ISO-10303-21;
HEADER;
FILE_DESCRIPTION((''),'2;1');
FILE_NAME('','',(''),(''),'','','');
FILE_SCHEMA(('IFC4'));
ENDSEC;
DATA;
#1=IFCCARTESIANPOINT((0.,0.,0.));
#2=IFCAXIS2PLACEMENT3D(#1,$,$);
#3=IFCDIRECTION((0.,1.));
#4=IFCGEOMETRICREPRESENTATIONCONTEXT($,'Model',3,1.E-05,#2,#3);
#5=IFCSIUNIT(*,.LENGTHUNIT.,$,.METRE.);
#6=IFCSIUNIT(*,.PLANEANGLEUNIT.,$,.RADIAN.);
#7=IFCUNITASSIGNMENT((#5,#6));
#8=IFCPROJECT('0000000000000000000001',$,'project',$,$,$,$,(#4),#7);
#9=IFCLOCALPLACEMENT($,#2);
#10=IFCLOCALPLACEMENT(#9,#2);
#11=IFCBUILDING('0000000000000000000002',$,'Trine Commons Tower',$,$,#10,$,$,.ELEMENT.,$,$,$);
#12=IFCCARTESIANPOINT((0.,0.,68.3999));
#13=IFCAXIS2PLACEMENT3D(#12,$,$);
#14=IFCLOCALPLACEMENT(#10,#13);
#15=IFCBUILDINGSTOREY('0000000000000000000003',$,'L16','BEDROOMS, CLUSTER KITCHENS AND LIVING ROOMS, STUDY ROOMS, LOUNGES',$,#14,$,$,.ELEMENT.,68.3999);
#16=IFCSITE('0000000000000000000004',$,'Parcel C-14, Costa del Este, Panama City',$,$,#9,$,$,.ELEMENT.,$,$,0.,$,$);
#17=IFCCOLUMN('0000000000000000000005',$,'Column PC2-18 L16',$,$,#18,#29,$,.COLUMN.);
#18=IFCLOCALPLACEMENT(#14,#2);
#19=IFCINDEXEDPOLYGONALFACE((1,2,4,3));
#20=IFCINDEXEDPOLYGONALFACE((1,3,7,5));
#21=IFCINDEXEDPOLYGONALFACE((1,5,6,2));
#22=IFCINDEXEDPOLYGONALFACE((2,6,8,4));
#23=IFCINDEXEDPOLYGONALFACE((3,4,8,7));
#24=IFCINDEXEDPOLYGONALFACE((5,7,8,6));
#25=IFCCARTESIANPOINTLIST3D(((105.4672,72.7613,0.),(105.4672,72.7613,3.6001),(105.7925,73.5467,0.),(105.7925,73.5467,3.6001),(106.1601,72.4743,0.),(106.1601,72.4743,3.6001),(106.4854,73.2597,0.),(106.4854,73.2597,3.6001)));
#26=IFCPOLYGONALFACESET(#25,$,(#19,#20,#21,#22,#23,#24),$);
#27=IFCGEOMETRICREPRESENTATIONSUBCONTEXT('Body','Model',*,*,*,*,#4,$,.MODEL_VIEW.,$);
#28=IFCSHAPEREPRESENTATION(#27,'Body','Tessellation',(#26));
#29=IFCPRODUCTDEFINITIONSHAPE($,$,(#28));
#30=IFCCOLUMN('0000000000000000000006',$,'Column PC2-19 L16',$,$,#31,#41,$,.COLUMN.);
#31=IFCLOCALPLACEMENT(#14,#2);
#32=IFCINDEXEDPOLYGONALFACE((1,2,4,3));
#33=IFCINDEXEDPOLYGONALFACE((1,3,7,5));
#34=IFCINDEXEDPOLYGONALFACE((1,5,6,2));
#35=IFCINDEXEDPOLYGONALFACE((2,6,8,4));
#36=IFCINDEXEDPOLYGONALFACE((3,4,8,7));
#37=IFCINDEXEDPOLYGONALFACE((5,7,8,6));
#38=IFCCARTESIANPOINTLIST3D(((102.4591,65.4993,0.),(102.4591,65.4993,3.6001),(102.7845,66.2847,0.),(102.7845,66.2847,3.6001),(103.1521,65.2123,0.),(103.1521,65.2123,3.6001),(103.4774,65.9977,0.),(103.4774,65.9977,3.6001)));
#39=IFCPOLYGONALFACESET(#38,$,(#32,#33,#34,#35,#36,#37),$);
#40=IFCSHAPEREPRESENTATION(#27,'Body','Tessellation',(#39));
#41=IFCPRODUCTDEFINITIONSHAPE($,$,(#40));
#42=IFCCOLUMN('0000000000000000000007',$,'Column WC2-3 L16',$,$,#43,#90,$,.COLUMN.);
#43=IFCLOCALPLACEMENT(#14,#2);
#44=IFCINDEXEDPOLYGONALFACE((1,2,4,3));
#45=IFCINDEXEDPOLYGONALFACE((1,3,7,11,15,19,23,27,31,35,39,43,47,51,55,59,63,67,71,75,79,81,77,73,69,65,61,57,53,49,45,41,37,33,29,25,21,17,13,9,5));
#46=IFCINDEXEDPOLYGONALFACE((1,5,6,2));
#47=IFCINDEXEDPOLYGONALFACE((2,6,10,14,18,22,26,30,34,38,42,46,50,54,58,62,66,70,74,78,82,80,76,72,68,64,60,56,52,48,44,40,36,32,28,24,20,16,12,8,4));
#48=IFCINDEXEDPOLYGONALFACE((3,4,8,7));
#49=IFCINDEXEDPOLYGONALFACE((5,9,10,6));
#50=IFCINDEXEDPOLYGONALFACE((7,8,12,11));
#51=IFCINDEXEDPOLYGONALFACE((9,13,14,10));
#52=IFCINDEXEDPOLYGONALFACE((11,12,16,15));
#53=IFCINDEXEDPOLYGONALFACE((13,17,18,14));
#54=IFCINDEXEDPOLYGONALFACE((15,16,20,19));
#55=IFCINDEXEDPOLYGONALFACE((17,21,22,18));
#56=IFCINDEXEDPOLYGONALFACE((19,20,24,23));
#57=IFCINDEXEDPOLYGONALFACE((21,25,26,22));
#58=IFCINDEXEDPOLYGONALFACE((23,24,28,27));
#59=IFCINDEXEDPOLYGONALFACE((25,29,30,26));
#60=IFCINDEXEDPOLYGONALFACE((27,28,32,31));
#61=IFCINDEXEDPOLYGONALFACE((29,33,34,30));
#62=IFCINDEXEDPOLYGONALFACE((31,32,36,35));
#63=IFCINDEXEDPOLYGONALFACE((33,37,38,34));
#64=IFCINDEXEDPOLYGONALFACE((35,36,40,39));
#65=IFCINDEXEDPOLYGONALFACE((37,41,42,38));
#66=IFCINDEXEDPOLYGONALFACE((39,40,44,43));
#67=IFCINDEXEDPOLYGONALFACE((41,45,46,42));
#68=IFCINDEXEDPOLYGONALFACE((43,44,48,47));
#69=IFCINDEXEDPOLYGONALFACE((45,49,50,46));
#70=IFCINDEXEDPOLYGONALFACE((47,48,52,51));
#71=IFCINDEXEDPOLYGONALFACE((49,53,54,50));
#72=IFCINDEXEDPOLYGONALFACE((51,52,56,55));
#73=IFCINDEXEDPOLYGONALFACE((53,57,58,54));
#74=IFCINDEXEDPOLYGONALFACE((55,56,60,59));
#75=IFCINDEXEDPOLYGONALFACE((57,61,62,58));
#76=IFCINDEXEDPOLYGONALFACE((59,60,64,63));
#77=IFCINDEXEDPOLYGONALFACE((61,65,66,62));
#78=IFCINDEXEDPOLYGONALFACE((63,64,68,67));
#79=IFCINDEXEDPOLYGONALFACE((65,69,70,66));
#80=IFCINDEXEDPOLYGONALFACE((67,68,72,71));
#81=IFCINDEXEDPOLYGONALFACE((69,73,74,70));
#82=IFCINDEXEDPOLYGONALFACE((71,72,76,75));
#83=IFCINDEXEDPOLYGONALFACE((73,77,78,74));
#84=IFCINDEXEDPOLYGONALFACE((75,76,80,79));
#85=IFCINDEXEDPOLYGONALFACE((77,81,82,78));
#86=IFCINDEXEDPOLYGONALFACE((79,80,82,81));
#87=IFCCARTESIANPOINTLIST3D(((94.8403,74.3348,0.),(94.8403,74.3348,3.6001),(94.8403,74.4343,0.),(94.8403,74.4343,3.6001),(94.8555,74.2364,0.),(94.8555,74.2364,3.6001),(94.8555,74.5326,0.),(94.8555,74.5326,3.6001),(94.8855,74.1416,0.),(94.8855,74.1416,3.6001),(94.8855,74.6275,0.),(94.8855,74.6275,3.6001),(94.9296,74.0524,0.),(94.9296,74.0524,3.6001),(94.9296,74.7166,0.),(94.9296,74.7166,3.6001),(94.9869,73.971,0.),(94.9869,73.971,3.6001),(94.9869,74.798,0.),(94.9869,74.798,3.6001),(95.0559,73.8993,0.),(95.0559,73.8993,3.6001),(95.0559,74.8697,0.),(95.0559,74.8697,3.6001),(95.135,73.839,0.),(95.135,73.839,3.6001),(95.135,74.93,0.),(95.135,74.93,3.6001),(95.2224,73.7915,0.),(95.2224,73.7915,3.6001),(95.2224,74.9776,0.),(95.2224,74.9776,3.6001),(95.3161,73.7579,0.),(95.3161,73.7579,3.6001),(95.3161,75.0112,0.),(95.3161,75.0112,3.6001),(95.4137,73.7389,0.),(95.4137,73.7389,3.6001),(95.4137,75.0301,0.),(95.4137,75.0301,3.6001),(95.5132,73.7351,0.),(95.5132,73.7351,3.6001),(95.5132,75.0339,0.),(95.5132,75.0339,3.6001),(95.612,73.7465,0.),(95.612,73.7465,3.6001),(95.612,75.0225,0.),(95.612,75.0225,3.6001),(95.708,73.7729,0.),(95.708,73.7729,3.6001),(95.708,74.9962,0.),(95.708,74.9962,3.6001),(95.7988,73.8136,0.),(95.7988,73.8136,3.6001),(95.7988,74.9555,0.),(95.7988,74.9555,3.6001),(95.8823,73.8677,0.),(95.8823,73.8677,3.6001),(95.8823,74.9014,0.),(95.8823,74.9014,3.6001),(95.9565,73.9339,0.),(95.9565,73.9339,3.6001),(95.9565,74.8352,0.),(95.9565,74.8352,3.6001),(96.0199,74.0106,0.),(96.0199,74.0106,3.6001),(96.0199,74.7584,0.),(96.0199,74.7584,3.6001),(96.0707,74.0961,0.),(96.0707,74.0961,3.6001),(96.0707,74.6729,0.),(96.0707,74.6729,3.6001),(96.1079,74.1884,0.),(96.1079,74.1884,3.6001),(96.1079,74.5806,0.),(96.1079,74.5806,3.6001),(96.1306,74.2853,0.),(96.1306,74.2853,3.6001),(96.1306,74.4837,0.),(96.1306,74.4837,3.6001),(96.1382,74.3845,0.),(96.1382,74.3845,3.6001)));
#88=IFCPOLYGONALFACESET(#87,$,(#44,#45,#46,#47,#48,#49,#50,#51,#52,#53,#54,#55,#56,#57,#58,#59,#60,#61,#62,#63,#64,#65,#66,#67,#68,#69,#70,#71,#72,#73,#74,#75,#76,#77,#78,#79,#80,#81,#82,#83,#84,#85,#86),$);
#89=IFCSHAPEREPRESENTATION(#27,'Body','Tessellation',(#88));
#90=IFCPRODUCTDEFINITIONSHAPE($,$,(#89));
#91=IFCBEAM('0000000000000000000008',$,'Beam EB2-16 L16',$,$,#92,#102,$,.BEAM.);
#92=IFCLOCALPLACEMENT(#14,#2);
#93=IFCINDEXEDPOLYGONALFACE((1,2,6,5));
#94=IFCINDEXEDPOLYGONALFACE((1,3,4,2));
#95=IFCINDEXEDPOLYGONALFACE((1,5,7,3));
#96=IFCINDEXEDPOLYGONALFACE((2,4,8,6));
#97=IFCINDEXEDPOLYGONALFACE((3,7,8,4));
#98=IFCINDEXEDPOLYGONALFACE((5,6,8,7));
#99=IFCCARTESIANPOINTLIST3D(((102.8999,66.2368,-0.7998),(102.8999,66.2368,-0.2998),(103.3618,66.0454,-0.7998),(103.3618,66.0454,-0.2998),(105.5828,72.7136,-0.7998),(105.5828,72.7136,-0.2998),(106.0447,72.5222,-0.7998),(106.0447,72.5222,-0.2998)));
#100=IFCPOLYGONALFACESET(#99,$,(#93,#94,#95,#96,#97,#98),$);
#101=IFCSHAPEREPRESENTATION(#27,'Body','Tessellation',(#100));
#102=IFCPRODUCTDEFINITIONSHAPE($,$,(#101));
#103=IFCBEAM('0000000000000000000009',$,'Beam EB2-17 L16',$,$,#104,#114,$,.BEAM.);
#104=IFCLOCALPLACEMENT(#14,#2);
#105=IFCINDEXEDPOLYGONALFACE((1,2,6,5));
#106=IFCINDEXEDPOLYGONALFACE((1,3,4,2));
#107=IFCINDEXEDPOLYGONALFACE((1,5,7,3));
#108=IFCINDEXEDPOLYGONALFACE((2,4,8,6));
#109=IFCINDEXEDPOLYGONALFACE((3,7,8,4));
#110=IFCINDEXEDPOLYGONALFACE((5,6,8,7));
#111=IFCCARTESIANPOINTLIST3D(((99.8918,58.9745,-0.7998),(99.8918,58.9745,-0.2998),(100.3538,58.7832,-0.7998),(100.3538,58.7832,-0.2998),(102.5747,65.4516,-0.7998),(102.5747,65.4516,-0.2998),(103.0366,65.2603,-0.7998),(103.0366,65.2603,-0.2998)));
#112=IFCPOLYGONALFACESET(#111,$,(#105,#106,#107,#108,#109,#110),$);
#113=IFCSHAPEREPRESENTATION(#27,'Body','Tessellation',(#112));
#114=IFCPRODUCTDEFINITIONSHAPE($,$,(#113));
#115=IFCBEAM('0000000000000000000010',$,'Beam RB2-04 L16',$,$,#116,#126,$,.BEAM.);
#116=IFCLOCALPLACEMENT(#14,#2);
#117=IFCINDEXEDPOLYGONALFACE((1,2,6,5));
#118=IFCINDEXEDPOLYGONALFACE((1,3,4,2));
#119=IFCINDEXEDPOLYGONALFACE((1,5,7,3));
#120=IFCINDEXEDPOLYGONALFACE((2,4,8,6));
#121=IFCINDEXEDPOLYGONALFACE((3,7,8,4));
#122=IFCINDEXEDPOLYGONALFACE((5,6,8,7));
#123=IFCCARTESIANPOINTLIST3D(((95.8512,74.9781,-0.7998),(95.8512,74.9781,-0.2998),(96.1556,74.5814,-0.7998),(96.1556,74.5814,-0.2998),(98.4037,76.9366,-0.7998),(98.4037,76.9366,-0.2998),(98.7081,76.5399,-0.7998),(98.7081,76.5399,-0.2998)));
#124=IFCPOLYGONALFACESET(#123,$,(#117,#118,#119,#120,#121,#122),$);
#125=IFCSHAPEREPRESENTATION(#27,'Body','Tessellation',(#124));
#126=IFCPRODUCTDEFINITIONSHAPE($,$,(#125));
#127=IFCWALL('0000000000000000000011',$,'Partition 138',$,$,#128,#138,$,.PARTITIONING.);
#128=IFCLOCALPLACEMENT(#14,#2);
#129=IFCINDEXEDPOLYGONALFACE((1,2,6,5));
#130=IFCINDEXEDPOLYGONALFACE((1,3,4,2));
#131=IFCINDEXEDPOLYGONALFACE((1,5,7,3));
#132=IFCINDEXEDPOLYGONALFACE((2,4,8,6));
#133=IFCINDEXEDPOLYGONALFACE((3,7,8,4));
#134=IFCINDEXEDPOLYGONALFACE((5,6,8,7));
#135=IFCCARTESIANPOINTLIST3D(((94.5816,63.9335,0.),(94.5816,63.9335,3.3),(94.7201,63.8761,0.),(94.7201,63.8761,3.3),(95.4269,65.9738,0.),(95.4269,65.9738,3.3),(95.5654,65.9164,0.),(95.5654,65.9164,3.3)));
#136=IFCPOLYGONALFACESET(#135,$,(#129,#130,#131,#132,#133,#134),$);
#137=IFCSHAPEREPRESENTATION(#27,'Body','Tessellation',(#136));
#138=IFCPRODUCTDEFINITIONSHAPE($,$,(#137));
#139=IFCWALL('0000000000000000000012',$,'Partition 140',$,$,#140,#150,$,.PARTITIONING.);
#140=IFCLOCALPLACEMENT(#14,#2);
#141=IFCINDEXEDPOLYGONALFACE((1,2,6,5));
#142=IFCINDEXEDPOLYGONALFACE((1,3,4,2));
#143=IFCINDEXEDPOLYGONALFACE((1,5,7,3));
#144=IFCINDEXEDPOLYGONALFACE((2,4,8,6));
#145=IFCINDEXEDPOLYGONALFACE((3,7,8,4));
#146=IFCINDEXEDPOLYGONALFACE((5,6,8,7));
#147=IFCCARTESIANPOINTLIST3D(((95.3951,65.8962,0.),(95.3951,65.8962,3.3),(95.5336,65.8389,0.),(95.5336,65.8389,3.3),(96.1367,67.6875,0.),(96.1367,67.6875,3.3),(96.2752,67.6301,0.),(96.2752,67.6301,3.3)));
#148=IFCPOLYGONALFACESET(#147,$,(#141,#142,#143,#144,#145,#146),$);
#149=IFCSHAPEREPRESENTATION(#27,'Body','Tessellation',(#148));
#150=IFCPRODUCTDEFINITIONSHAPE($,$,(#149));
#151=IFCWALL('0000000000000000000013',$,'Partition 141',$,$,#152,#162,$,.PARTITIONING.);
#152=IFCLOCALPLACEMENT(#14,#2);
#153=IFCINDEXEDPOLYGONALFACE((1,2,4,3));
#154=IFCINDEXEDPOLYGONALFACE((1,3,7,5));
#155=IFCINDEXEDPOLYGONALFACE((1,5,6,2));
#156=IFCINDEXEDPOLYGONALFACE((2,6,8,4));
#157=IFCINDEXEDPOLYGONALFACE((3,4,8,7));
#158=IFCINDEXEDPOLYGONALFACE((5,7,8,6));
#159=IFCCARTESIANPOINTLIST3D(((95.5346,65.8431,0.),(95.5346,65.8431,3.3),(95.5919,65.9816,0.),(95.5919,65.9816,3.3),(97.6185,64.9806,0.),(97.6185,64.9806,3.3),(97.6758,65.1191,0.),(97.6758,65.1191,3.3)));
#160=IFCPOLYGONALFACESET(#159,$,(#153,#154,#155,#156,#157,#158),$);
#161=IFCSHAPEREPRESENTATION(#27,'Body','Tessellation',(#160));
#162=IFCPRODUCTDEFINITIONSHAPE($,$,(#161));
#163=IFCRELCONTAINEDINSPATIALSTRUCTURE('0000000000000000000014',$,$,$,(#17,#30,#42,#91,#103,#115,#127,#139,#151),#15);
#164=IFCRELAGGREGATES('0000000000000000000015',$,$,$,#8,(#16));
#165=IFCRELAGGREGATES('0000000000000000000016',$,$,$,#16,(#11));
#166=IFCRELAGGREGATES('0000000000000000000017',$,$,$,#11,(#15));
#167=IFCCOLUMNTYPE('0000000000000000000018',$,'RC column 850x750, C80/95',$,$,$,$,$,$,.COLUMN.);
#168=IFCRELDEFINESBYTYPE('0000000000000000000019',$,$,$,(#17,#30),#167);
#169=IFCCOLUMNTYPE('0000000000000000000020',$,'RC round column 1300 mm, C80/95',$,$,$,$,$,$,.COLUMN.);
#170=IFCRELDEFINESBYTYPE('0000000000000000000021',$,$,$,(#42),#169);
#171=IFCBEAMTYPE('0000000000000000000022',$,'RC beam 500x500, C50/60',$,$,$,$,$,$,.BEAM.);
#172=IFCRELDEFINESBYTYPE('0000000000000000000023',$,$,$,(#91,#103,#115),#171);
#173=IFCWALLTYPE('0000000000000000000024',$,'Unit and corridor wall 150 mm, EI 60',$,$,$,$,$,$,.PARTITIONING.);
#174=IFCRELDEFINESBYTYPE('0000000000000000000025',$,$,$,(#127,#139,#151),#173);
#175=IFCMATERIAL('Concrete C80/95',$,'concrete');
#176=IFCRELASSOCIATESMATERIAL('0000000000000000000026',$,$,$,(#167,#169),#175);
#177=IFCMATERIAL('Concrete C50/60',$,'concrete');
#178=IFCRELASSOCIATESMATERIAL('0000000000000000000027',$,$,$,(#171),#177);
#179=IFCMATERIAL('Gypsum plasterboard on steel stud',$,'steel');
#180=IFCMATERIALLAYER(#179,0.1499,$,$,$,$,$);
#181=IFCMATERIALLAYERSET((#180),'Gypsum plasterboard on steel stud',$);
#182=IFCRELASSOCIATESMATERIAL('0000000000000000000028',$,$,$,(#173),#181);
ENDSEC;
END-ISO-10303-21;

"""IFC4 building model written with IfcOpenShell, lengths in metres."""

from ifc_helpers import new_model, si_unit, direction, frame, frame_2d, origin, origin_2d, place, context, subcontext, project, spatial, rectangle, circle, extrude, material, layer, layer_set, material_profile, profile_set, type_object, element, save


model = new_model("IFC4")

# Units and contexts
model_context = context("Model", 3, precision=1e-05, world=origin(), true_north=direction((0.0, 1.0)))
body_context = subcontext(model_context, "Body", "Model", "MODEL_VIEW")
ifc_project = project(units=[si_unit("LENGTHUNIT", "METRE"), si_unit("PLANEANGLEUNIT", "RADIAN")], contexts=[model_context])

# Site, building, storey
site_placement = place(None, origin())
site = spatial("IfcSite", under=ifc_project, at=site_placement, Name="Parcel C-14, Costa del Este, Panama City", CompositionType="ELEMENT", RefElevation=0.0)
building_placement = place(site_placement, origin())
building = spatial("IfcBuilding", under=site, at=building_placement, Name="Trine Commons Tower", CompositionType="ELEMENT")
storey_placement = place(building_placement, frame((0.0, 0.0, 68.3999)))
storey = spatial("IfcBuildingStorey", under=building, at=storey_placement, Name="L16", Description="BEDROOMS, CLUSTER KITCHENS AND LIVING ROOMS, STUDY ROOMS, LOUNGES", CompositionType="ELEMENT", Elevation=68.3999)

# Columns
ifc_material_1 = material(Name="Concrete C80/95", Category="concrete")
ifc_material_profile_1 = material_profile(ifc_material_1, rectangle(XDim=0.8501, YDim=0.75, at=origin_2d()), Name="RC 850x750")
ifc_profile_set_1 = profile_set([ifc_material_profile_1], Name="Concrete C80/95")
column_type_1 = type_object("IfcColumnType", Name="RC column 850x750, C80/95", PredefinedType="COLUMN", material=ifc_profile_set_1)
for number, where, z_axis, x_axis, name in (
    (1, (105.9763, 73.0105, 0.0), (0.0, 0.0, 1.0), (0.382683, 0.92388, 0.0), "Column PC2-18 L16"),
    (2, (102.9683, 65.7485, 0.0), (0.0, 0.0, 1.0), (0.382683, 0.92388, 0.0), "Column PC2-19 L16"),
):
    element("IfcColumn", number, at=place(storey_placement, frame(where, z_axis=z_axis, x_axis=x_axis)), inside=storey, type_object=column_type_1, Name=name, PredefinedType="COLUMN", context=body_context, shape_type="SweptSolid", body=[
        extrude(rectangle(XDim=0.8501, YDim=0.75, at=origin_2d()), origin(), (0.0, 0.0, 1.0), 3.6001),
    ])
ifc_material_profile_2 = material_profile(ifc_material_1, circle(Radius=0.6499, at=origin_2d()), Name="RC round 1300")
ifc_profile_set_2 = profile_set([ifc_material_profile_2], Name="Concrete C80/95")
column_type_2 = type_object("IfcColumnType", Name="RC round column 1300 mm, C80/95", PredefinedType="COLUMN", material=ifc_profile_set_2)
column_placement = place(storey_placement, frame((95.4883, 74.3845, 0.0), z_axis=(0.0, 0.0, 1.0), x_axis=(1.0, 0.0, 0.0)))
element("IfcColumn", 3, at=column_placement, inside=storey, type_object=column_type_2, Name="Column WC2-3 L16", PredefinedType="COLUMN", context=body_context, shape_type="SweptSolid", body=[
    extrude(circle(Radius=0.6499, at=origin_2d()), origin(), (0.0, 0.0, 1.0), 3.6001),
])

# Beams
ifc_material_2 = material(Name="Concrete C50/60", Category="concrete")
ifc_material_profile_3 = material_profile(ifc_material_2, rectangle(XDim=0.5, YDim=0.5, at=origin_2d()), Name="RC 500x500")
ifc_profile_set_3 = profile_set([ifc_material_profile_3], Name="Concrete C50/60")
beam_type = type_object("IfcBeamType", Name="RC beam 500x500, C50/60", PredefinedType="BEAM", material=ifc_profile_set_3)
beam_1_placement = place(storey_placement, frame((105.8137, 72.6179, -0.5498), z_axis=(-0.382693, -0.923875, 0.0), x_axis=(0.923875, -0.382693, 0.0)))
element("IfcBeam", 4, at=beam_1_placement, inside=storey, type_object=beam_type, Name="Beam EB2-16 L16", PredefinedType="BEAM", context=body_context, shape_type="SweptSolid", body=[
    extrude(rectangle(XDim=0.5, YDim=0.5, at=origin_2d()), origin(), (0.0, 0.0, 1.0), 7.0105),
])
beam_2_placement = place(storey_placement, frame((102.8057, 65.356, -0.5498), z_axis=(-0.382681, -0.923881, 0.0), x_axis=(0.923881, -0.382681, 0.0)))
element("IfcBeam", 5, at=beam_2_placement, inside=storey, type_object=beam_type, Name="Beam EB2-17 L16", PredefinedType="BEAM", context=body_context, shape_type="SweptSolid", body=[
    extrude(rectangle(XDim=0.5, YDim=0.5, at=origin_2d()), origin(), (0.0, 0.0, 1.0), 7.0107),
])
beam_3_placement = place(storey_placement, frame((96.0034, 74.7798, -0.5498), z_axis=(0.793368, 0.608742, 0.0), x_axis=(-0.608742, 0.793368, 0.0)))
element("IfcBeam", 6, at=beam_3_placement, inside=storey, type_object=beam_type, Name="Beam RB2-04 L16", PredefinedType="BEAM", context=body_context, shape_type="SweptSolid", body=[
    extrude(rectangle(XDim=0.5, YDim=0.5, at=origin_2d()), origin(), (0.0, 0.0, 1.0), 3.2173),
])

# Walls
ifc_material_3 = material(Name="Gypsum plasterboard on steel stud", Category="steel")
ifc_layer_1 = layer(ifc_material_3, 0.1499)
ifc_layer_set_1 = layer_set([ifc_layer_1], Name="Gypsum plasterboard on steel stud")
wall_type_1 = type_object("IfcWallType", Name="Unit and corridor wall 150 mm, EI 60", PredefinedType="PARTITIONING", material=ifc_layer_set_1)
wall_1_placement = place(storey_placement, frame((94.6509, 63.9048, 0.0), z_axis=(0.0, 0.0, 1.0), x_axis=(0.382723, 0.923863, 0.0)))
element("IfcWall", 7, at=wall_1_placement, inside=storey, type_object=wall_type_1, Name="Partition 138", PredefinedType="PARTITIONING", context=body_context, shape_type="SweptSolid", body=[
    extrude(rectangle(XDim=2.2085, YDim=0.1499, at=frame_2d((1.1042, 0.0))), origin(), (0.0, 0.0, 1.0), 3.3),
])
wall_2_placement = place(storey_placement, frame((95.4644, 65.8677, 0.0), z_axis=(0.0, 0.0, 1.0), x_axis=(0.382567, 0.923928, 0.0)))
element("IfcWall", 8, at=wall_2_placement, inside=storey, type_object=wall_type_1, Name="Partition 140", PredefinedType="PARTITIONING", context=body_context, shape_type="SweptSolid", body=[
    extrude(rectangle(XDim=1.9387, YDim=0.1499, at=frame_2d((0.9692, 0.0))), origin(), (0.0, 0.0, 1.0), 3.3),
])
wall_3_placement = place(storey_placement, frame((95.5632, 65.9124, 0.0), z_axis=(0.0, 0.0, 1.0), x_axis=(0.923984, -0.382431, 0.0)))
element("IfcWall", 9, at=wall_3_placement, inside=storey, type_object=wall_type_1, Name="Partition 141", PredefinedType="PARTITIONING", context=body_context, shape_type="SweptSolid", body=[
    extrude(rectangle(XDim=2.2554, YDim=0.1499, at=frame_2d((1.1277, 0.0))), origin(), (0.0, 0.0, 1.0), 3.3),
])

save(model, "model.ifc")
